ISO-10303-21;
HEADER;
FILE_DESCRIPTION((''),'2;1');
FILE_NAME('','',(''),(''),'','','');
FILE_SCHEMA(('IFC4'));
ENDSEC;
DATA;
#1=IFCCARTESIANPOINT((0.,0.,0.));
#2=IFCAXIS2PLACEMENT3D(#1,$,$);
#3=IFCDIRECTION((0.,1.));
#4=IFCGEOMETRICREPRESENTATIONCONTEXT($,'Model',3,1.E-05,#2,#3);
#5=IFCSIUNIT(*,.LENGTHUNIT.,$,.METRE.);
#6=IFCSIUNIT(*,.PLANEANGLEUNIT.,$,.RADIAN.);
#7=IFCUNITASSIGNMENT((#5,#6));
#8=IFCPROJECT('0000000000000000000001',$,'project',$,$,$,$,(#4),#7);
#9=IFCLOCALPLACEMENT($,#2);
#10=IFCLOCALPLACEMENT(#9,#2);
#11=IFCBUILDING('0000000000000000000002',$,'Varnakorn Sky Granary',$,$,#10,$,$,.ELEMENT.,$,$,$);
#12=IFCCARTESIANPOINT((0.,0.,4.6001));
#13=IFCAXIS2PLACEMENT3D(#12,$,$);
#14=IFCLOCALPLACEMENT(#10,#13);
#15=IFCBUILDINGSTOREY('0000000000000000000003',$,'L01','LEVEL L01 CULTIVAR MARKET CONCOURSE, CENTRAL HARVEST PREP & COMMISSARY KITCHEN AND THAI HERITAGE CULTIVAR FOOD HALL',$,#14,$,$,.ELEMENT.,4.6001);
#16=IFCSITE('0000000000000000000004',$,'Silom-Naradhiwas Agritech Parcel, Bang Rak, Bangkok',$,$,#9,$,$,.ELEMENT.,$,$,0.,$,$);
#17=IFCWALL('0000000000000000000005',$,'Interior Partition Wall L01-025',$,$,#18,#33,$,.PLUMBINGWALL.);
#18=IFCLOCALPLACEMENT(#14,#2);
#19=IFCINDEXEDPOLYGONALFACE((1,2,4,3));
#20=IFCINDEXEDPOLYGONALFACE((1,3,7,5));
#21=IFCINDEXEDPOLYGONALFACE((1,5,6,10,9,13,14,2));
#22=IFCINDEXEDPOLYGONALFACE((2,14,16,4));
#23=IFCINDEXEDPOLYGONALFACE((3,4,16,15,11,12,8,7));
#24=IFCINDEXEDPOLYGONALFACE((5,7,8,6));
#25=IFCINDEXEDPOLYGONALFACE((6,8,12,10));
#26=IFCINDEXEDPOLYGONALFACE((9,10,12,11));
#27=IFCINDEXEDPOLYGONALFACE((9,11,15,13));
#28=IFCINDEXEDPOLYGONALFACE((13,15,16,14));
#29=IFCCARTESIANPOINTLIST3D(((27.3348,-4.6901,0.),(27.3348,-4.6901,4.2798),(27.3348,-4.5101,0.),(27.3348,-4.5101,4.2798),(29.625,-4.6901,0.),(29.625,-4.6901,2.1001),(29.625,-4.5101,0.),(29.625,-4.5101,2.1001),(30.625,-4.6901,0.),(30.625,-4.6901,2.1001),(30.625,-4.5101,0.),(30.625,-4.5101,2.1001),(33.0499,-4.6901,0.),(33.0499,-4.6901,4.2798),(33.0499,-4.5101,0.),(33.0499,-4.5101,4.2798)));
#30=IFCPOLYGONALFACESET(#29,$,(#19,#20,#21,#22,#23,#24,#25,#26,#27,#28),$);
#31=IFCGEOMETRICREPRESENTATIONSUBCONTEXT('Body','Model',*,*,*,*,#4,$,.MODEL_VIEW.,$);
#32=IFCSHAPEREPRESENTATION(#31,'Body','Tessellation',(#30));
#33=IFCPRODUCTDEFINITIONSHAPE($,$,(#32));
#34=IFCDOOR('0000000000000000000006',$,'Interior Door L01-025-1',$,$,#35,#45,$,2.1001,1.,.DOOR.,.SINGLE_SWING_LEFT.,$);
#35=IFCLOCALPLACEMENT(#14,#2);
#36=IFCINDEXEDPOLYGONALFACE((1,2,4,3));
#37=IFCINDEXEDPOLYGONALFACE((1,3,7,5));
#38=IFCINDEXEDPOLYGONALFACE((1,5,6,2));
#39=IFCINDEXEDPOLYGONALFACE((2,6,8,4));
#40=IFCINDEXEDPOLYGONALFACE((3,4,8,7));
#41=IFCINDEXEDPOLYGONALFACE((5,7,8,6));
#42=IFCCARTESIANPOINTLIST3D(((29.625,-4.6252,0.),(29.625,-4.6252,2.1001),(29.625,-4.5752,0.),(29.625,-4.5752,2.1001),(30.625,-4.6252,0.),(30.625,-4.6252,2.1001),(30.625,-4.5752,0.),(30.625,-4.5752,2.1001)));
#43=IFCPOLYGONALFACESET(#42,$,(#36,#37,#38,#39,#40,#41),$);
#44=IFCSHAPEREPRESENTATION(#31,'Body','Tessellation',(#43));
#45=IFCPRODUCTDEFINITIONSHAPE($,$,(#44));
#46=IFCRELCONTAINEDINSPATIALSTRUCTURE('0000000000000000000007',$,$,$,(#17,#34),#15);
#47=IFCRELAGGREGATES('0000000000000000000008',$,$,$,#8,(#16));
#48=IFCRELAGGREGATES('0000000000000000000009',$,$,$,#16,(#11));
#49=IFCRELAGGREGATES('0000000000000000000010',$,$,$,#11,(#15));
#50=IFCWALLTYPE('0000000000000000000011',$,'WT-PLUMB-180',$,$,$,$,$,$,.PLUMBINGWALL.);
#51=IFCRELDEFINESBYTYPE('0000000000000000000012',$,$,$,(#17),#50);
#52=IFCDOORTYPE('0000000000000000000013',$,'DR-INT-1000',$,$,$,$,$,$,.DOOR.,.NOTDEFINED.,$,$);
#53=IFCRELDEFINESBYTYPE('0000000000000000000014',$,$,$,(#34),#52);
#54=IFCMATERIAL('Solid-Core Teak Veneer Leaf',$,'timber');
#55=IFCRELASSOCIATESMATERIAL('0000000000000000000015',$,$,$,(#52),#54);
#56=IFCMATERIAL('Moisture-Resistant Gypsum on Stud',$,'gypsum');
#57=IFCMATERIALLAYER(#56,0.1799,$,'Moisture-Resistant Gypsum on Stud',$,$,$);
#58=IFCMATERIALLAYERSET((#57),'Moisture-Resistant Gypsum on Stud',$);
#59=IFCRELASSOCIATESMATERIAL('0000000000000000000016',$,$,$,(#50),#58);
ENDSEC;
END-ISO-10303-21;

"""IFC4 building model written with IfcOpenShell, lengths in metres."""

from ifc_helpers import new_model, si_unit, direction, frame, frame_2d, origin, place, context, subcontext, project, spatial, rectangle, extrude, material, layer, layer_set, type_object, element, fill, save


model = new_model("IFC4")

# Units and contexts
model_context = context("Model", 3, precision=1e-05, world=origin(), true_north=direction((0.0, 1.0)))
body_context = subcontext(model_context, "Body", "Model", "MODEL_VIEW")
ifc_project = project(units=[si_unit("LENGTHUNIT", "METRE"), si_unit("PLANEANGLEUNIT", "RADIAN")], contexts=[model_context])

# Site, building, storey
site_placement = place(None, origin())
site = spatial("IfcSite", under=ifc_project, at=site_placement, Name="Silom-Naradhiwas Agritech Parcel, Bang Rak, Bangkok", CompositionType="ELEMENT", RefElevation=0.0)
building_placement = place(site_placement, origin())
building = spatial("IfcBuilding", under=site, at=building_placement, Name="Varnakorn Sky Granary", CompositionType="ELEMENT")
storey_placement = place(building_placement, frame((0.0, 0.0, 4.6001)))
storey = spatial("IfcBuildingStorey", under=building, at=storey_placement, Name="L01", Description="LEVEL L01 CULTIVAR MARKET CONCOURSE, CENTRAL HARVEST PREP & COMMISSARY KITCHEN AND THAI HERITAGE CULTIVAR FOOD HALL", CompositionType="ELEMENT", Elevation=4.6001)

# Shared definitions
ifc_material_1 = material(Name="Solid-Core Teak Veneer Leaf", Category="timber")
door_type = type_object("IfcDoorType", Name="DR-INT-1000", OperationType="NOTDEFINED", PredefinedType="DOOR", material=ifc_material_1)

# Wall, opening, door
ifc_material_2 = material(Name="Moisture-Resistant Gypsum on Stud", Category="gypsum")
ifc_layer_1 = layer(ifc_material_2, 0.1799, Name="Moisture-Resistant Gypsum on Stud")
ifc_layer_set_1 = layer_set([ifc_layer_1], Name="Moisture-Resistant Gypsum on Stud")
wall_type_1 = type_object("IfcWallType", Name="WT-PLUMB-180", PredefinedType="PLUMBINGWALL", material=ifc_layer_set_1)
wall_1_placement = place(storey_placement, frame((27.335, -4.6001, 0.0), z_axis=(0.0, 0.0, 1.0), x_axis=(1.0, 0.0, 0.0)))
wall_1 = element("IfcWall", 1, at=wall_1_placement, inside=storey, type_object=wall_type_1, Name="Interior Partition Wall L01-025", PredefinedType="PLUMBINGWALL", context=body_context, shape_type="SweptSolid", body=[
    extrude(rectangle(XDim=5.7151, YDim=0.1799, at=frame_2d((2.8574, 0.0))), origin(), (0.0, 0.0, 1.0), 4.2798),
])
opening_1_placement = place(wall_1_placement, frame((2.29, 0.0, 0.0)))
opening_1 = element("IfcOpeningElement", 2, at=opening_1_placement, cuts=wall_1, PredefinedType="OPENING", context=body_context, shape_type="SweptSolid", body=[
    extrude(rectangle(XDim=1.0, YDim=2.1001, at=frame_2d((0.5, 1.05))), frame((0.0, 0.1001, 0.0), z_axis=(0.0, -1.0, 0.0), x_axis=(1.0, 0.0, 0.0)), (0.0, 0.0, 1.0), 0.2),
])
door_1_placement = place(opening_1_placement, origin())
door_1 = element("IfcDoor", 3, at=door_1_placement, inside=storey, type_object=door_type, Name="Interior Door L01-025-1", OperationType="SINGLE_SWING_LEFT", OverallHeight=2.1001, OverallWidth=1.0, PredefinedType="DOOR", context=body_context, shape_type="SweptSolid", body=[
    extrude(rectangle(XDim=1.0, YDim=2.1001, at=frame_2d((0.5, 1.05))), frame((0.0, 0.0249, 0.0), z_axis=(0.0, -1.0, 0.0), x_axis=(1.0, 0.0, 0.0)), (0.0, 0.0, 1.0), 0.05),
])
fill(opening_1, door_1)

save(model, "model.ifc")
